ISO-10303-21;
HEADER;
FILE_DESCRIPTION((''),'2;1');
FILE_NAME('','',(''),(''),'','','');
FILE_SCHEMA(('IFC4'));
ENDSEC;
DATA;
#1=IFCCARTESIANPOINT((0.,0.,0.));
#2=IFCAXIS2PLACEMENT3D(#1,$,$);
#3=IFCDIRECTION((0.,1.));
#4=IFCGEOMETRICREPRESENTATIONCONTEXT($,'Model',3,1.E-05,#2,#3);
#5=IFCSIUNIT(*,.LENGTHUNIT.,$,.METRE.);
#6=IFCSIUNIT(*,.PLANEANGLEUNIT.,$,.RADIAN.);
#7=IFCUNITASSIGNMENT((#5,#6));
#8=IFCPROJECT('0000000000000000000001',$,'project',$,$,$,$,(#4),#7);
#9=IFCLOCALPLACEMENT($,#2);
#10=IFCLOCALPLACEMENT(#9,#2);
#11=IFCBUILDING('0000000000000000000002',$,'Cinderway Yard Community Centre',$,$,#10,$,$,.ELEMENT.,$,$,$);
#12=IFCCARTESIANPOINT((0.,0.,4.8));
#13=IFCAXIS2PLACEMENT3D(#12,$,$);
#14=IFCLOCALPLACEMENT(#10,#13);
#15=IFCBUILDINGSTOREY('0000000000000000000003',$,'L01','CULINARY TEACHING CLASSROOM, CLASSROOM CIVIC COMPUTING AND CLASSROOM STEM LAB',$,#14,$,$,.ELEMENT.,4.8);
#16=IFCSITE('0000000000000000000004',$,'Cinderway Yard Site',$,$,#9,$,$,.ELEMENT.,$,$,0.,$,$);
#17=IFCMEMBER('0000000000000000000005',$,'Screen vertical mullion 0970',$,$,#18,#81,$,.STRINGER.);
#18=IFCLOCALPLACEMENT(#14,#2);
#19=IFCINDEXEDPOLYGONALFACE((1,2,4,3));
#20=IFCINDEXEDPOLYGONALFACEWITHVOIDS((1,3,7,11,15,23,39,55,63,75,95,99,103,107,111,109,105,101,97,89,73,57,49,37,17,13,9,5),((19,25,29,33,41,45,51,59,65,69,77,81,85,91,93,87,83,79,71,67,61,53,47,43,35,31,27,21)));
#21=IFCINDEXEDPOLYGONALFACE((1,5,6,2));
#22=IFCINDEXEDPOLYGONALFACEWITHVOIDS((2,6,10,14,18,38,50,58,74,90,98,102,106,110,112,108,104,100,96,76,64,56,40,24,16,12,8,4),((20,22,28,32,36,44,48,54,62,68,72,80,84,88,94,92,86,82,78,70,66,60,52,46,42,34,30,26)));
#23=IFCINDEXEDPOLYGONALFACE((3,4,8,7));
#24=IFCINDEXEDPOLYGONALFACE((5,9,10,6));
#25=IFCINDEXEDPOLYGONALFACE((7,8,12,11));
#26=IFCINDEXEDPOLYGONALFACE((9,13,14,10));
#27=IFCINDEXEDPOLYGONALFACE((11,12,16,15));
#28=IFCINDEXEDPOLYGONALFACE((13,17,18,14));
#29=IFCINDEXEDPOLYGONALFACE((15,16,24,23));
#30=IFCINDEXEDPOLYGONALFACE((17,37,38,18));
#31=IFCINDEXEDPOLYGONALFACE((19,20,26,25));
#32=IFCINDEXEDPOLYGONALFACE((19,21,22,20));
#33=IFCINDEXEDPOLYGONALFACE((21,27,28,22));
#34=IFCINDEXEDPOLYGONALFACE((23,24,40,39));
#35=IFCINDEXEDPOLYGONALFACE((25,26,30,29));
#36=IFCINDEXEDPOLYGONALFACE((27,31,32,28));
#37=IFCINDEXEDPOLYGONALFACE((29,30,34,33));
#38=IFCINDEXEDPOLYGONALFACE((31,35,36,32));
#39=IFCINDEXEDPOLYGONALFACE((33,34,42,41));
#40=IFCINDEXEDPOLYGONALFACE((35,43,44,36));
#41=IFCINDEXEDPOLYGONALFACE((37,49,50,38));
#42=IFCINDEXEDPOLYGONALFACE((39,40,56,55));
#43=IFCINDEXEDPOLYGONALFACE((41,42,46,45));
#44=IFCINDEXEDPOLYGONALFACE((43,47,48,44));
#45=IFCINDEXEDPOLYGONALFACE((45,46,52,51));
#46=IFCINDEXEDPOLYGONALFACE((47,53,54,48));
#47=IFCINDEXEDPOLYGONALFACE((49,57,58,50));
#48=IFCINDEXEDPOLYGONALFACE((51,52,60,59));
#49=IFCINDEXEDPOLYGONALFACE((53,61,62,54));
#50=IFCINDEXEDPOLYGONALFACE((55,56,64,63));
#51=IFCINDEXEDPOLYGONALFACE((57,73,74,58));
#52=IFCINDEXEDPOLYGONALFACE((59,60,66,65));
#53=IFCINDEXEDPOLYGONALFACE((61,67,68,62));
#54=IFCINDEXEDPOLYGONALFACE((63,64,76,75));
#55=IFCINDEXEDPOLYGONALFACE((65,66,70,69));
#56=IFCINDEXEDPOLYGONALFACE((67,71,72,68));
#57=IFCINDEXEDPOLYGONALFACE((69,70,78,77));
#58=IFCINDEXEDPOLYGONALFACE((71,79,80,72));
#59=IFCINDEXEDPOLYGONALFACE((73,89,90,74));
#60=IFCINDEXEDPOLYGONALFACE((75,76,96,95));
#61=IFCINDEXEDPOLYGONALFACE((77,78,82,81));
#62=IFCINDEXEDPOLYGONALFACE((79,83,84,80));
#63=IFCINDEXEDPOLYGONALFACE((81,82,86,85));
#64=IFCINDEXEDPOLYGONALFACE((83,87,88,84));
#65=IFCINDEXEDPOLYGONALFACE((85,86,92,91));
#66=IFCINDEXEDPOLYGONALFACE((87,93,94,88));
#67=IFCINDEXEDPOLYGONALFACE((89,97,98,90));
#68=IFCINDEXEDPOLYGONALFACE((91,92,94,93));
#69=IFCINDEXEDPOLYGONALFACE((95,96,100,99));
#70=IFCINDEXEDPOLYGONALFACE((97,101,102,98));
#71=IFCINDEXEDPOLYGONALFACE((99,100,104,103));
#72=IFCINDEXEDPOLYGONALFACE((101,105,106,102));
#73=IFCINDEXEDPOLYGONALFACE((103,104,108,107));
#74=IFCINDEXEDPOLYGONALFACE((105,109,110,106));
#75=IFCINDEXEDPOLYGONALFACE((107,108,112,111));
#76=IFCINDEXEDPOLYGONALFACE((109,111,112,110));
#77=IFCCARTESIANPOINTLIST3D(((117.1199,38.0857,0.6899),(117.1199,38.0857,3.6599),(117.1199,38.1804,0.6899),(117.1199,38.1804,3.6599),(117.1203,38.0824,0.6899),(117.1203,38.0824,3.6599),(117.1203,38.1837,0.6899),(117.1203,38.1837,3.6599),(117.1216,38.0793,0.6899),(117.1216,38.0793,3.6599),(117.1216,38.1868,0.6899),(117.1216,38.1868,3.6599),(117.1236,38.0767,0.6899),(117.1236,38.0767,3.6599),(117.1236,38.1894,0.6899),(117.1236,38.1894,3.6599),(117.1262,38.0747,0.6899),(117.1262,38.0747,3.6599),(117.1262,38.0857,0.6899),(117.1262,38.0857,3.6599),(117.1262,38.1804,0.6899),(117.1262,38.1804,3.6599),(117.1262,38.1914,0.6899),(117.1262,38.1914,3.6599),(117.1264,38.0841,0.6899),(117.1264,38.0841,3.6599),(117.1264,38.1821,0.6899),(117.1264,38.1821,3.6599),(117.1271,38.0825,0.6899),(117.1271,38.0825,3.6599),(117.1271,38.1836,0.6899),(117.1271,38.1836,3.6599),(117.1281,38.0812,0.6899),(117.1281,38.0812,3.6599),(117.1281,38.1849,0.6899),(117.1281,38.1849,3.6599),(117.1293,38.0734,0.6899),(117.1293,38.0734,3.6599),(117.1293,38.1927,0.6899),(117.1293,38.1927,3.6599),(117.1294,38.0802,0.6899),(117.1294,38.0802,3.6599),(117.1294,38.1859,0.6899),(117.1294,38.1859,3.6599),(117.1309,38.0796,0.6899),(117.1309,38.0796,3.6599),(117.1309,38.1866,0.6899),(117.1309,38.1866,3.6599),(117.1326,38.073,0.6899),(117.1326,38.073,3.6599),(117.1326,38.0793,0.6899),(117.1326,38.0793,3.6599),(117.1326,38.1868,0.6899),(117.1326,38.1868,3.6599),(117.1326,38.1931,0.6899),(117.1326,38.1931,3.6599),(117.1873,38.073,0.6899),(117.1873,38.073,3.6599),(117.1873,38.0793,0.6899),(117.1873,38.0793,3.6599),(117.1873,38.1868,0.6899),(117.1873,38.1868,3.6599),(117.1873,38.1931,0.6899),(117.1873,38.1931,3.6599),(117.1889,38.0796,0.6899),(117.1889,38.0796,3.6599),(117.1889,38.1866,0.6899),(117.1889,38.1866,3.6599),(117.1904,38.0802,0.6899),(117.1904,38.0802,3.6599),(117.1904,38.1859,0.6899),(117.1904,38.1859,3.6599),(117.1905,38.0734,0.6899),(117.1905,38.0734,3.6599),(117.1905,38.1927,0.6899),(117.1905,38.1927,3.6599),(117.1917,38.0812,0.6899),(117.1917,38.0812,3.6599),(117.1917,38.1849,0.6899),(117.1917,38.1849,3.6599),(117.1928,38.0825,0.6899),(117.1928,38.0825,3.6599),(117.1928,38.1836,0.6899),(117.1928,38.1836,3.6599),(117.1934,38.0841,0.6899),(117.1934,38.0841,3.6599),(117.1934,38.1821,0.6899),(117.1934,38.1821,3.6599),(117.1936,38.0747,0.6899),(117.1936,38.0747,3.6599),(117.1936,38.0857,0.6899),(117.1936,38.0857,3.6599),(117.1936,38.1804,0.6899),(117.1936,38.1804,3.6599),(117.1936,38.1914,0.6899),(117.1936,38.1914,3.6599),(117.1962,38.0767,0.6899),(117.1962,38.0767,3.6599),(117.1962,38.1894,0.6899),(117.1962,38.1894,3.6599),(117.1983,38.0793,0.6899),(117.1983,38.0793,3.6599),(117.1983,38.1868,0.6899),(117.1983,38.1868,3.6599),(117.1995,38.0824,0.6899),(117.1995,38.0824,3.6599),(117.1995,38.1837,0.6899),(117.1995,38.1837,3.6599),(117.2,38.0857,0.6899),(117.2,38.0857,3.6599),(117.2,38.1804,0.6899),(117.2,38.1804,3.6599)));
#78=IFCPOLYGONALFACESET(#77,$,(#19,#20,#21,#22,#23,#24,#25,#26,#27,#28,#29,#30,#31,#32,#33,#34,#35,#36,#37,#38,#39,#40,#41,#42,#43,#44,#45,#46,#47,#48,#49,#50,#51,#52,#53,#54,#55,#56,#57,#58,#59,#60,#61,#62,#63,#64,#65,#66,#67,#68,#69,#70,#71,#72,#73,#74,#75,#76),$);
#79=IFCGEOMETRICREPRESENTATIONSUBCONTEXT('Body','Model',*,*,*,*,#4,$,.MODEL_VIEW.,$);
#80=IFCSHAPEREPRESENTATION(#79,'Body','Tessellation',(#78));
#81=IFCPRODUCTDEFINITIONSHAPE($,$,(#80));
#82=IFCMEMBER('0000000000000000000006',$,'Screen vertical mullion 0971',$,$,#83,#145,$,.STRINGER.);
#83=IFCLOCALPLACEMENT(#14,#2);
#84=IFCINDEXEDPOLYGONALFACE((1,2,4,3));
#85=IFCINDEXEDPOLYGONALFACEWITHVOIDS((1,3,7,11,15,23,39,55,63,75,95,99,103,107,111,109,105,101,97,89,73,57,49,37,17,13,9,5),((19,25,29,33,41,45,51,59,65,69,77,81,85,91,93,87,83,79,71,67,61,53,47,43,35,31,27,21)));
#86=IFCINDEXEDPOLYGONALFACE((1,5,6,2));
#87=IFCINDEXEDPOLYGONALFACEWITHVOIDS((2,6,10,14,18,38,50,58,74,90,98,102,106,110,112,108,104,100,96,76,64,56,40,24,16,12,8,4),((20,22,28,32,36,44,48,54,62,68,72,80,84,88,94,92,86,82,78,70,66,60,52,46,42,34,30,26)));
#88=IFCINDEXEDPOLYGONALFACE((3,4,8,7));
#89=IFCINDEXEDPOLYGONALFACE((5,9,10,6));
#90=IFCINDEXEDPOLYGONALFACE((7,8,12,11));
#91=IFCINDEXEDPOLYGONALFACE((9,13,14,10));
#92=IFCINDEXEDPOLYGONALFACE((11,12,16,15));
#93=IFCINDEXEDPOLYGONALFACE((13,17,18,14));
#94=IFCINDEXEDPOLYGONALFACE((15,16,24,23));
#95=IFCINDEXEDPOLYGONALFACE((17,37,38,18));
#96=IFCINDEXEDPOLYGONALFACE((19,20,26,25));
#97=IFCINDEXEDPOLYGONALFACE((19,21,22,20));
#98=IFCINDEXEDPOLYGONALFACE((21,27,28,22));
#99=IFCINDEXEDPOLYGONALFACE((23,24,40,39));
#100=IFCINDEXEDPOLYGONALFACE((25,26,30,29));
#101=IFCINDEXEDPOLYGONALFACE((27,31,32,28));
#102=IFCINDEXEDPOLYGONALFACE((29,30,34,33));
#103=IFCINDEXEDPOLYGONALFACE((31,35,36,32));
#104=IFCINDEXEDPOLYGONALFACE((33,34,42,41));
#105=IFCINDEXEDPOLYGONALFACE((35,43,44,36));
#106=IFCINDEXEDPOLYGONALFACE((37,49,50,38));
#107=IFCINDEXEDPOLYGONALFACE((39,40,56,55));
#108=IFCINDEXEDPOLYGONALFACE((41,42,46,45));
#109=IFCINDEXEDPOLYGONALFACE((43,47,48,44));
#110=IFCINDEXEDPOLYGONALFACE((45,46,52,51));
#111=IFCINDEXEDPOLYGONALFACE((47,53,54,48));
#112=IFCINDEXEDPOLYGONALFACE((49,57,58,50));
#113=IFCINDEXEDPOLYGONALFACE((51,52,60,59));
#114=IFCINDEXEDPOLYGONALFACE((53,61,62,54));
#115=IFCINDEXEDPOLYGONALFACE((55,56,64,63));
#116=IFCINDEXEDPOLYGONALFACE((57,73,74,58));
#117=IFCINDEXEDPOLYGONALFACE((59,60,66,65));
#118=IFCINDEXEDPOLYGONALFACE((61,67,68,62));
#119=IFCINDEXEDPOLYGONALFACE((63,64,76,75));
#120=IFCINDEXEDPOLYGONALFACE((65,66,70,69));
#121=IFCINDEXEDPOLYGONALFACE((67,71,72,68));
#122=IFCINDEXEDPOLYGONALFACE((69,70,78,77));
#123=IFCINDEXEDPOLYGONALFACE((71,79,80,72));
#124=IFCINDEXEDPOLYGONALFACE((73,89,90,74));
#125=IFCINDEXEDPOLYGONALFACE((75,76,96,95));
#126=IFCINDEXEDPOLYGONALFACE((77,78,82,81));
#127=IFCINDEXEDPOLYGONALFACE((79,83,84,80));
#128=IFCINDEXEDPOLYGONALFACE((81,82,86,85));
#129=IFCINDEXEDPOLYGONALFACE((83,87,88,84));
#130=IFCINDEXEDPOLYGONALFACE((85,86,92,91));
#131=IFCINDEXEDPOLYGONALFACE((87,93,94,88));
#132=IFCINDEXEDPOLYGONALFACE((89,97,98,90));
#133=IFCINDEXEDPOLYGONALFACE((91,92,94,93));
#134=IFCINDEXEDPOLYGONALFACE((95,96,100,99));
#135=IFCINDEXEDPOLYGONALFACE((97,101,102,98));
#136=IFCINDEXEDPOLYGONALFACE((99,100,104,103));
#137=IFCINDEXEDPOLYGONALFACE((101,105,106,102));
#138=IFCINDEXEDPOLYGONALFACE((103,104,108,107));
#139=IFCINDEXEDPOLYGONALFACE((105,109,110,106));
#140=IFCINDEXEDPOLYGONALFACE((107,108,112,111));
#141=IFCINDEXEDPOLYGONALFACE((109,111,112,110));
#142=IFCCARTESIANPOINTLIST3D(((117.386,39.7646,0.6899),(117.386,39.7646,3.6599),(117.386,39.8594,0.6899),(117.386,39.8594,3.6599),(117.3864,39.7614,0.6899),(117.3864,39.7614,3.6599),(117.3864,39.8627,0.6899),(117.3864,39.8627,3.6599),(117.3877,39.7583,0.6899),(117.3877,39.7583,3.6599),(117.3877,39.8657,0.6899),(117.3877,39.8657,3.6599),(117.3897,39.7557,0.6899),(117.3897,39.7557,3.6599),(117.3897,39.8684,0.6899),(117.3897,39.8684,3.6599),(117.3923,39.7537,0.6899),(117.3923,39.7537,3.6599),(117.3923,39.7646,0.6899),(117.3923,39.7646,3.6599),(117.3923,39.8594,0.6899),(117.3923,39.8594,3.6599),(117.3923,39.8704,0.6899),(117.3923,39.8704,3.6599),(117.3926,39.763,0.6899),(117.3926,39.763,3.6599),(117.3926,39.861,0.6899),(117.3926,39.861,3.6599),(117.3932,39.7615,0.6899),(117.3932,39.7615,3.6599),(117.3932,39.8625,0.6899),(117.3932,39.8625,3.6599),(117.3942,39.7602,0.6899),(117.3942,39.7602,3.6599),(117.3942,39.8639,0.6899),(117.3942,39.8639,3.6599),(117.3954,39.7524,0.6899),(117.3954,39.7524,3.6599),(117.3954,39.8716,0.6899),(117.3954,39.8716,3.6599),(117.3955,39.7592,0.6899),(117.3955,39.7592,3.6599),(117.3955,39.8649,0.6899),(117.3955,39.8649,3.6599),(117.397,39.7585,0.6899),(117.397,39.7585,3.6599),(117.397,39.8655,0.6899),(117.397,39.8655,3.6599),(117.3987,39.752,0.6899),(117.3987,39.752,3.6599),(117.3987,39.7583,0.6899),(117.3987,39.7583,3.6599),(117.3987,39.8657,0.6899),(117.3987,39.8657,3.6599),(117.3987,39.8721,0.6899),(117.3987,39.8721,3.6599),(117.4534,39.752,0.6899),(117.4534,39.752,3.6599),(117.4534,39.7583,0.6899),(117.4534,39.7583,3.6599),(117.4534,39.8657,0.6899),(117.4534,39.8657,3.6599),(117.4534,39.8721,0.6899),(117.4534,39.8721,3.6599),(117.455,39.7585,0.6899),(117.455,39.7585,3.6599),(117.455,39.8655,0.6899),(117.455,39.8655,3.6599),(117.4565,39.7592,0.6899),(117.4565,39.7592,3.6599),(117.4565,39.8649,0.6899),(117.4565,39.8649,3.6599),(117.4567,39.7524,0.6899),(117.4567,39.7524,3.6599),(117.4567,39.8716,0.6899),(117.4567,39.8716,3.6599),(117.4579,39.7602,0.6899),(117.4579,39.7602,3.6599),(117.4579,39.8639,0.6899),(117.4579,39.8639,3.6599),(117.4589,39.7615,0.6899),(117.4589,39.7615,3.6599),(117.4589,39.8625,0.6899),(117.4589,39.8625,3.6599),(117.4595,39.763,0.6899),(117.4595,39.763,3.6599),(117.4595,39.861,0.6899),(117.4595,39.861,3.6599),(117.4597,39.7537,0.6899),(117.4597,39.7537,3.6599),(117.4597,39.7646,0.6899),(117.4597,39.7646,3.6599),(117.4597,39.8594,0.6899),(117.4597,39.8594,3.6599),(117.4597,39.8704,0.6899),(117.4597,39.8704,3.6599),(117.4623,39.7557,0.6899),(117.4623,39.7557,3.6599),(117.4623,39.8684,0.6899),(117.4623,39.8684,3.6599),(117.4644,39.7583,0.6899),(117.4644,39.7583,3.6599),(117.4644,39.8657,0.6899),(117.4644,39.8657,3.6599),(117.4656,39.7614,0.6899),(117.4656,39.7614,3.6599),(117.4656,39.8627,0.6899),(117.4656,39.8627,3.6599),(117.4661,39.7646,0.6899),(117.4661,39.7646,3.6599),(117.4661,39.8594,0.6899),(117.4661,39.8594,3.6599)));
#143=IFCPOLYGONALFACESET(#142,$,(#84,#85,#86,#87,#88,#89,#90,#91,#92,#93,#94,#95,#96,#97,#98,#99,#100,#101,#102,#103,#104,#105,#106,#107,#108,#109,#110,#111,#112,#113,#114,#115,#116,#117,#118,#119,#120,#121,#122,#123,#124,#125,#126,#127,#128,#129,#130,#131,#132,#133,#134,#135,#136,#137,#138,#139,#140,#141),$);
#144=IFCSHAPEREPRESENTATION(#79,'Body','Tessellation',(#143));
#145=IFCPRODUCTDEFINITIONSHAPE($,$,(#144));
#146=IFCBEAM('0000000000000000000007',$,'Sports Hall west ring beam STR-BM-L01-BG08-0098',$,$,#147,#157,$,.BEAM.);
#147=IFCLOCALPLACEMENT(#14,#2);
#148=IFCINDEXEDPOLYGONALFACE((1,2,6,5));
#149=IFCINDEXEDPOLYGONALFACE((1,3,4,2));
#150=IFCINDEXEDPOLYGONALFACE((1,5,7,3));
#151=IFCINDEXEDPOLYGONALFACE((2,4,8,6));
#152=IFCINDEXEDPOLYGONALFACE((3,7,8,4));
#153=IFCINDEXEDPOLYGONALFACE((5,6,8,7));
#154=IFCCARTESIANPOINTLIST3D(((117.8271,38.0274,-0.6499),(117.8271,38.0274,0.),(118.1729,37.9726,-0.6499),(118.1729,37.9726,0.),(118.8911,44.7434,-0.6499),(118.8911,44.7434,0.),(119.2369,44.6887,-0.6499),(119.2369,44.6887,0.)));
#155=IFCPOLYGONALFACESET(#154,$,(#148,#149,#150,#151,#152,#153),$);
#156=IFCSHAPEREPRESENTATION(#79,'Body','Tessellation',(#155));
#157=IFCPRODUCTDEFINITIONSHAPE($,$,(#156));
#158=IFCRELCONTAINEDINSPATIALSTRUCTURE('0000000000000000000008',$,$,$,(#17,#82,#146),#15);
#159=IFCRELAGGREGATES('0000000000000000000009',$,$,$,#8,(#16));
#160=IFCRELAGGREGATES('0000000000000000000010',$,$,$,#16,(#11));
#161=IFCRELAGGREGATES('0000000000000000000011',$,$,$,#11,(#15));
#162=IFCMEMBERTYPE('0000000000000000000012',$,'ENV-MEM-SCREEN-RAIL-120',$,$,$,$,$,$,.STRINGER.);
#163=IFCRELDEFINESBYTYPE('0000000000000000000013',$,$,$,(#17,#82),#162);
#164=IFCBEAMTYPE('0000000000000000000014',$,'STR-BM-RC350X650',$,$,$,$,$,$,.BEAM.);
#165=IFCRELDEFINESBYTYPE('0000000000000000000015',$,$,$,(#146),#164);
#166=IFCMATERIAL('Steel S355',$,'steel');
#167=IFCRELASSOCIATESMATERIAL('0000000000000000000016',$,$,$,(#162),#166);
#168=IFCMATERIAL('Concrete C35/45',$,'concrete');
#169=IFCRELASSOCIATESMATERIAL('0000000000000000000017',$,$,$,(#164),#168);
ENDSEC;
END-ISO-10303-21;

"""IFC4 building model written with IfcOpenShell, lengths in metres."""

from ifc_helpers import new_model, si_unit, direction, frame, origin, origin_2d, place, context, subcontext, project, spatial, rectangle, hollow_rectangle, extrude, material, material_profile, profile_set, type_object, element, save


model = new_model("IFC4")

# Units and contexts
model_context = context("Model", 3, precision=1e-05, world=origin(), true_north=direction((0.0, 1.0)))
body_context = subcontext(model_context, "Body", "Model", "MODEL_VIEW")
ifc_project = project(units=[si_unit("LENGTHUNIT", "METRE"), si_unit("PLANEANGLEUNIT", "RADIAN")], contexts=[model_context])

# Site, building, storey
site_placement = place(None, origin())
site = spatial("IfcSite", under=ifc_project, at=site_placement, Name="Cinderway Yard Site", CompositionType="ELEMENT", RefElevation=0.0)
building_placement = place(site_placement, origin())
building = spatial("IfcBuilding", under=site, at=building_placement, Name="Cinderway Yard Community Centre", CompositionType="ELEMENT")
storey_placement = place(building_placement, frame((0.0, 0.0, 4.8)))
storey = spatial("IfcBuildingStorey", under=building, at=storey_placement, Name="L01", Description="CULINARY TEACHING CLASSROOM, CLASSROOM CIVIC COMPUTING AND CLASSROOM STEM LAB", CompositionType="ELEMENT", Elevation=4.8)

# Members
ifc_material_1 = material(Name="Steel S355", Category="steel")
ifc_material_profile_1 = material_profile(ifc_material_1, hollow_rectangle(XDim=0.0801, YDim=0.1201, WallThickness=0.0063, InnerFilletRadius=0.0063, OuterFilletRadius=0.0127, at=origin_2d()), Name="Steel S355")
ifc_profile_set_1 = profile_set([ifc_material_profile_1], Name="Steel S355")
member_type_1 = type_object("IfcMemberType", Name="ENV-MEM-SCREEN-RAIL-120", PredefinedType="STRINGER", material=ifc_profile_set_1)
for number, where, z_axis, x_axis, name in (
    (1, (117.1599, 38.1331, 0.6899), (0.0, 0.0, 1.0), (1.0, 0.0, 0.0), "Screen vertical mullion 0970"),
    (2, (117.426, 39.812, 0.6899), (0.0, 0.0, 1.0), (1.0, 0.0, 0.0), "Screen vertical mullion 0971"),
):
    element("IfcMember", number, at=place(storey_placement, frame(where, z_axis=z_axis, x_axis=x_axis)), inside=storey, type_object=member_type_1, Name=name, PredefinedType="STRINGER", context=body_context, shape_type="SweptSolid", body=[
        extrude(hollow_rectangle(XDim=0.0801, YDim=0.1201, WallThickness=0.0063, InnerFilletRadius=0.0063, OuterFilletRadius=0.0127, at=origin_2d()), origin(), (0.0, 0.0, 1.0), 2.97),
    ])

# Beam
ifc_material_2 = material(Name="Concrete C35/45", Category="concrete")
ifc_material_profile_2 = material_profile(ifc_material_2, rectangle(XDim=0.3501, YDim=0.6499, at=origin_2d()), Name="Concrete C35/45")
ifc_profile_set_2 = profile_set([ifc_material_profile_2], Name="Concrete C35/45")
beam_type_1 = type_object("IfcBeamType", Name="STR-BM-RC350X650", PredefinedType="BEAM", material=ifc_profile_set_2)
beam_1_placement = place(storey_placement, frame((118.0, 38.0, -0.325), z_axis=(0.15647, 0.987683, 0.0), x_axis=(-0.987683, 0.15647, 0.0)))
element("IfcBeam", 3, at=beam_1_placement, inside=storey, type_object=beam_type_1, Name="Sports Hall west ring beam STR-BM-L01-BG08-0098", PredefinedType="BEAM", context=body_context, shape_type="SweptSolid", body=[
    extrude(rectangle(XDim=0.3501, YDim=0.6499, at=origin_2d()), origin(), (0.0, 0.0, 1.0), 6.7998),
])

save(model, "model.ifc")
